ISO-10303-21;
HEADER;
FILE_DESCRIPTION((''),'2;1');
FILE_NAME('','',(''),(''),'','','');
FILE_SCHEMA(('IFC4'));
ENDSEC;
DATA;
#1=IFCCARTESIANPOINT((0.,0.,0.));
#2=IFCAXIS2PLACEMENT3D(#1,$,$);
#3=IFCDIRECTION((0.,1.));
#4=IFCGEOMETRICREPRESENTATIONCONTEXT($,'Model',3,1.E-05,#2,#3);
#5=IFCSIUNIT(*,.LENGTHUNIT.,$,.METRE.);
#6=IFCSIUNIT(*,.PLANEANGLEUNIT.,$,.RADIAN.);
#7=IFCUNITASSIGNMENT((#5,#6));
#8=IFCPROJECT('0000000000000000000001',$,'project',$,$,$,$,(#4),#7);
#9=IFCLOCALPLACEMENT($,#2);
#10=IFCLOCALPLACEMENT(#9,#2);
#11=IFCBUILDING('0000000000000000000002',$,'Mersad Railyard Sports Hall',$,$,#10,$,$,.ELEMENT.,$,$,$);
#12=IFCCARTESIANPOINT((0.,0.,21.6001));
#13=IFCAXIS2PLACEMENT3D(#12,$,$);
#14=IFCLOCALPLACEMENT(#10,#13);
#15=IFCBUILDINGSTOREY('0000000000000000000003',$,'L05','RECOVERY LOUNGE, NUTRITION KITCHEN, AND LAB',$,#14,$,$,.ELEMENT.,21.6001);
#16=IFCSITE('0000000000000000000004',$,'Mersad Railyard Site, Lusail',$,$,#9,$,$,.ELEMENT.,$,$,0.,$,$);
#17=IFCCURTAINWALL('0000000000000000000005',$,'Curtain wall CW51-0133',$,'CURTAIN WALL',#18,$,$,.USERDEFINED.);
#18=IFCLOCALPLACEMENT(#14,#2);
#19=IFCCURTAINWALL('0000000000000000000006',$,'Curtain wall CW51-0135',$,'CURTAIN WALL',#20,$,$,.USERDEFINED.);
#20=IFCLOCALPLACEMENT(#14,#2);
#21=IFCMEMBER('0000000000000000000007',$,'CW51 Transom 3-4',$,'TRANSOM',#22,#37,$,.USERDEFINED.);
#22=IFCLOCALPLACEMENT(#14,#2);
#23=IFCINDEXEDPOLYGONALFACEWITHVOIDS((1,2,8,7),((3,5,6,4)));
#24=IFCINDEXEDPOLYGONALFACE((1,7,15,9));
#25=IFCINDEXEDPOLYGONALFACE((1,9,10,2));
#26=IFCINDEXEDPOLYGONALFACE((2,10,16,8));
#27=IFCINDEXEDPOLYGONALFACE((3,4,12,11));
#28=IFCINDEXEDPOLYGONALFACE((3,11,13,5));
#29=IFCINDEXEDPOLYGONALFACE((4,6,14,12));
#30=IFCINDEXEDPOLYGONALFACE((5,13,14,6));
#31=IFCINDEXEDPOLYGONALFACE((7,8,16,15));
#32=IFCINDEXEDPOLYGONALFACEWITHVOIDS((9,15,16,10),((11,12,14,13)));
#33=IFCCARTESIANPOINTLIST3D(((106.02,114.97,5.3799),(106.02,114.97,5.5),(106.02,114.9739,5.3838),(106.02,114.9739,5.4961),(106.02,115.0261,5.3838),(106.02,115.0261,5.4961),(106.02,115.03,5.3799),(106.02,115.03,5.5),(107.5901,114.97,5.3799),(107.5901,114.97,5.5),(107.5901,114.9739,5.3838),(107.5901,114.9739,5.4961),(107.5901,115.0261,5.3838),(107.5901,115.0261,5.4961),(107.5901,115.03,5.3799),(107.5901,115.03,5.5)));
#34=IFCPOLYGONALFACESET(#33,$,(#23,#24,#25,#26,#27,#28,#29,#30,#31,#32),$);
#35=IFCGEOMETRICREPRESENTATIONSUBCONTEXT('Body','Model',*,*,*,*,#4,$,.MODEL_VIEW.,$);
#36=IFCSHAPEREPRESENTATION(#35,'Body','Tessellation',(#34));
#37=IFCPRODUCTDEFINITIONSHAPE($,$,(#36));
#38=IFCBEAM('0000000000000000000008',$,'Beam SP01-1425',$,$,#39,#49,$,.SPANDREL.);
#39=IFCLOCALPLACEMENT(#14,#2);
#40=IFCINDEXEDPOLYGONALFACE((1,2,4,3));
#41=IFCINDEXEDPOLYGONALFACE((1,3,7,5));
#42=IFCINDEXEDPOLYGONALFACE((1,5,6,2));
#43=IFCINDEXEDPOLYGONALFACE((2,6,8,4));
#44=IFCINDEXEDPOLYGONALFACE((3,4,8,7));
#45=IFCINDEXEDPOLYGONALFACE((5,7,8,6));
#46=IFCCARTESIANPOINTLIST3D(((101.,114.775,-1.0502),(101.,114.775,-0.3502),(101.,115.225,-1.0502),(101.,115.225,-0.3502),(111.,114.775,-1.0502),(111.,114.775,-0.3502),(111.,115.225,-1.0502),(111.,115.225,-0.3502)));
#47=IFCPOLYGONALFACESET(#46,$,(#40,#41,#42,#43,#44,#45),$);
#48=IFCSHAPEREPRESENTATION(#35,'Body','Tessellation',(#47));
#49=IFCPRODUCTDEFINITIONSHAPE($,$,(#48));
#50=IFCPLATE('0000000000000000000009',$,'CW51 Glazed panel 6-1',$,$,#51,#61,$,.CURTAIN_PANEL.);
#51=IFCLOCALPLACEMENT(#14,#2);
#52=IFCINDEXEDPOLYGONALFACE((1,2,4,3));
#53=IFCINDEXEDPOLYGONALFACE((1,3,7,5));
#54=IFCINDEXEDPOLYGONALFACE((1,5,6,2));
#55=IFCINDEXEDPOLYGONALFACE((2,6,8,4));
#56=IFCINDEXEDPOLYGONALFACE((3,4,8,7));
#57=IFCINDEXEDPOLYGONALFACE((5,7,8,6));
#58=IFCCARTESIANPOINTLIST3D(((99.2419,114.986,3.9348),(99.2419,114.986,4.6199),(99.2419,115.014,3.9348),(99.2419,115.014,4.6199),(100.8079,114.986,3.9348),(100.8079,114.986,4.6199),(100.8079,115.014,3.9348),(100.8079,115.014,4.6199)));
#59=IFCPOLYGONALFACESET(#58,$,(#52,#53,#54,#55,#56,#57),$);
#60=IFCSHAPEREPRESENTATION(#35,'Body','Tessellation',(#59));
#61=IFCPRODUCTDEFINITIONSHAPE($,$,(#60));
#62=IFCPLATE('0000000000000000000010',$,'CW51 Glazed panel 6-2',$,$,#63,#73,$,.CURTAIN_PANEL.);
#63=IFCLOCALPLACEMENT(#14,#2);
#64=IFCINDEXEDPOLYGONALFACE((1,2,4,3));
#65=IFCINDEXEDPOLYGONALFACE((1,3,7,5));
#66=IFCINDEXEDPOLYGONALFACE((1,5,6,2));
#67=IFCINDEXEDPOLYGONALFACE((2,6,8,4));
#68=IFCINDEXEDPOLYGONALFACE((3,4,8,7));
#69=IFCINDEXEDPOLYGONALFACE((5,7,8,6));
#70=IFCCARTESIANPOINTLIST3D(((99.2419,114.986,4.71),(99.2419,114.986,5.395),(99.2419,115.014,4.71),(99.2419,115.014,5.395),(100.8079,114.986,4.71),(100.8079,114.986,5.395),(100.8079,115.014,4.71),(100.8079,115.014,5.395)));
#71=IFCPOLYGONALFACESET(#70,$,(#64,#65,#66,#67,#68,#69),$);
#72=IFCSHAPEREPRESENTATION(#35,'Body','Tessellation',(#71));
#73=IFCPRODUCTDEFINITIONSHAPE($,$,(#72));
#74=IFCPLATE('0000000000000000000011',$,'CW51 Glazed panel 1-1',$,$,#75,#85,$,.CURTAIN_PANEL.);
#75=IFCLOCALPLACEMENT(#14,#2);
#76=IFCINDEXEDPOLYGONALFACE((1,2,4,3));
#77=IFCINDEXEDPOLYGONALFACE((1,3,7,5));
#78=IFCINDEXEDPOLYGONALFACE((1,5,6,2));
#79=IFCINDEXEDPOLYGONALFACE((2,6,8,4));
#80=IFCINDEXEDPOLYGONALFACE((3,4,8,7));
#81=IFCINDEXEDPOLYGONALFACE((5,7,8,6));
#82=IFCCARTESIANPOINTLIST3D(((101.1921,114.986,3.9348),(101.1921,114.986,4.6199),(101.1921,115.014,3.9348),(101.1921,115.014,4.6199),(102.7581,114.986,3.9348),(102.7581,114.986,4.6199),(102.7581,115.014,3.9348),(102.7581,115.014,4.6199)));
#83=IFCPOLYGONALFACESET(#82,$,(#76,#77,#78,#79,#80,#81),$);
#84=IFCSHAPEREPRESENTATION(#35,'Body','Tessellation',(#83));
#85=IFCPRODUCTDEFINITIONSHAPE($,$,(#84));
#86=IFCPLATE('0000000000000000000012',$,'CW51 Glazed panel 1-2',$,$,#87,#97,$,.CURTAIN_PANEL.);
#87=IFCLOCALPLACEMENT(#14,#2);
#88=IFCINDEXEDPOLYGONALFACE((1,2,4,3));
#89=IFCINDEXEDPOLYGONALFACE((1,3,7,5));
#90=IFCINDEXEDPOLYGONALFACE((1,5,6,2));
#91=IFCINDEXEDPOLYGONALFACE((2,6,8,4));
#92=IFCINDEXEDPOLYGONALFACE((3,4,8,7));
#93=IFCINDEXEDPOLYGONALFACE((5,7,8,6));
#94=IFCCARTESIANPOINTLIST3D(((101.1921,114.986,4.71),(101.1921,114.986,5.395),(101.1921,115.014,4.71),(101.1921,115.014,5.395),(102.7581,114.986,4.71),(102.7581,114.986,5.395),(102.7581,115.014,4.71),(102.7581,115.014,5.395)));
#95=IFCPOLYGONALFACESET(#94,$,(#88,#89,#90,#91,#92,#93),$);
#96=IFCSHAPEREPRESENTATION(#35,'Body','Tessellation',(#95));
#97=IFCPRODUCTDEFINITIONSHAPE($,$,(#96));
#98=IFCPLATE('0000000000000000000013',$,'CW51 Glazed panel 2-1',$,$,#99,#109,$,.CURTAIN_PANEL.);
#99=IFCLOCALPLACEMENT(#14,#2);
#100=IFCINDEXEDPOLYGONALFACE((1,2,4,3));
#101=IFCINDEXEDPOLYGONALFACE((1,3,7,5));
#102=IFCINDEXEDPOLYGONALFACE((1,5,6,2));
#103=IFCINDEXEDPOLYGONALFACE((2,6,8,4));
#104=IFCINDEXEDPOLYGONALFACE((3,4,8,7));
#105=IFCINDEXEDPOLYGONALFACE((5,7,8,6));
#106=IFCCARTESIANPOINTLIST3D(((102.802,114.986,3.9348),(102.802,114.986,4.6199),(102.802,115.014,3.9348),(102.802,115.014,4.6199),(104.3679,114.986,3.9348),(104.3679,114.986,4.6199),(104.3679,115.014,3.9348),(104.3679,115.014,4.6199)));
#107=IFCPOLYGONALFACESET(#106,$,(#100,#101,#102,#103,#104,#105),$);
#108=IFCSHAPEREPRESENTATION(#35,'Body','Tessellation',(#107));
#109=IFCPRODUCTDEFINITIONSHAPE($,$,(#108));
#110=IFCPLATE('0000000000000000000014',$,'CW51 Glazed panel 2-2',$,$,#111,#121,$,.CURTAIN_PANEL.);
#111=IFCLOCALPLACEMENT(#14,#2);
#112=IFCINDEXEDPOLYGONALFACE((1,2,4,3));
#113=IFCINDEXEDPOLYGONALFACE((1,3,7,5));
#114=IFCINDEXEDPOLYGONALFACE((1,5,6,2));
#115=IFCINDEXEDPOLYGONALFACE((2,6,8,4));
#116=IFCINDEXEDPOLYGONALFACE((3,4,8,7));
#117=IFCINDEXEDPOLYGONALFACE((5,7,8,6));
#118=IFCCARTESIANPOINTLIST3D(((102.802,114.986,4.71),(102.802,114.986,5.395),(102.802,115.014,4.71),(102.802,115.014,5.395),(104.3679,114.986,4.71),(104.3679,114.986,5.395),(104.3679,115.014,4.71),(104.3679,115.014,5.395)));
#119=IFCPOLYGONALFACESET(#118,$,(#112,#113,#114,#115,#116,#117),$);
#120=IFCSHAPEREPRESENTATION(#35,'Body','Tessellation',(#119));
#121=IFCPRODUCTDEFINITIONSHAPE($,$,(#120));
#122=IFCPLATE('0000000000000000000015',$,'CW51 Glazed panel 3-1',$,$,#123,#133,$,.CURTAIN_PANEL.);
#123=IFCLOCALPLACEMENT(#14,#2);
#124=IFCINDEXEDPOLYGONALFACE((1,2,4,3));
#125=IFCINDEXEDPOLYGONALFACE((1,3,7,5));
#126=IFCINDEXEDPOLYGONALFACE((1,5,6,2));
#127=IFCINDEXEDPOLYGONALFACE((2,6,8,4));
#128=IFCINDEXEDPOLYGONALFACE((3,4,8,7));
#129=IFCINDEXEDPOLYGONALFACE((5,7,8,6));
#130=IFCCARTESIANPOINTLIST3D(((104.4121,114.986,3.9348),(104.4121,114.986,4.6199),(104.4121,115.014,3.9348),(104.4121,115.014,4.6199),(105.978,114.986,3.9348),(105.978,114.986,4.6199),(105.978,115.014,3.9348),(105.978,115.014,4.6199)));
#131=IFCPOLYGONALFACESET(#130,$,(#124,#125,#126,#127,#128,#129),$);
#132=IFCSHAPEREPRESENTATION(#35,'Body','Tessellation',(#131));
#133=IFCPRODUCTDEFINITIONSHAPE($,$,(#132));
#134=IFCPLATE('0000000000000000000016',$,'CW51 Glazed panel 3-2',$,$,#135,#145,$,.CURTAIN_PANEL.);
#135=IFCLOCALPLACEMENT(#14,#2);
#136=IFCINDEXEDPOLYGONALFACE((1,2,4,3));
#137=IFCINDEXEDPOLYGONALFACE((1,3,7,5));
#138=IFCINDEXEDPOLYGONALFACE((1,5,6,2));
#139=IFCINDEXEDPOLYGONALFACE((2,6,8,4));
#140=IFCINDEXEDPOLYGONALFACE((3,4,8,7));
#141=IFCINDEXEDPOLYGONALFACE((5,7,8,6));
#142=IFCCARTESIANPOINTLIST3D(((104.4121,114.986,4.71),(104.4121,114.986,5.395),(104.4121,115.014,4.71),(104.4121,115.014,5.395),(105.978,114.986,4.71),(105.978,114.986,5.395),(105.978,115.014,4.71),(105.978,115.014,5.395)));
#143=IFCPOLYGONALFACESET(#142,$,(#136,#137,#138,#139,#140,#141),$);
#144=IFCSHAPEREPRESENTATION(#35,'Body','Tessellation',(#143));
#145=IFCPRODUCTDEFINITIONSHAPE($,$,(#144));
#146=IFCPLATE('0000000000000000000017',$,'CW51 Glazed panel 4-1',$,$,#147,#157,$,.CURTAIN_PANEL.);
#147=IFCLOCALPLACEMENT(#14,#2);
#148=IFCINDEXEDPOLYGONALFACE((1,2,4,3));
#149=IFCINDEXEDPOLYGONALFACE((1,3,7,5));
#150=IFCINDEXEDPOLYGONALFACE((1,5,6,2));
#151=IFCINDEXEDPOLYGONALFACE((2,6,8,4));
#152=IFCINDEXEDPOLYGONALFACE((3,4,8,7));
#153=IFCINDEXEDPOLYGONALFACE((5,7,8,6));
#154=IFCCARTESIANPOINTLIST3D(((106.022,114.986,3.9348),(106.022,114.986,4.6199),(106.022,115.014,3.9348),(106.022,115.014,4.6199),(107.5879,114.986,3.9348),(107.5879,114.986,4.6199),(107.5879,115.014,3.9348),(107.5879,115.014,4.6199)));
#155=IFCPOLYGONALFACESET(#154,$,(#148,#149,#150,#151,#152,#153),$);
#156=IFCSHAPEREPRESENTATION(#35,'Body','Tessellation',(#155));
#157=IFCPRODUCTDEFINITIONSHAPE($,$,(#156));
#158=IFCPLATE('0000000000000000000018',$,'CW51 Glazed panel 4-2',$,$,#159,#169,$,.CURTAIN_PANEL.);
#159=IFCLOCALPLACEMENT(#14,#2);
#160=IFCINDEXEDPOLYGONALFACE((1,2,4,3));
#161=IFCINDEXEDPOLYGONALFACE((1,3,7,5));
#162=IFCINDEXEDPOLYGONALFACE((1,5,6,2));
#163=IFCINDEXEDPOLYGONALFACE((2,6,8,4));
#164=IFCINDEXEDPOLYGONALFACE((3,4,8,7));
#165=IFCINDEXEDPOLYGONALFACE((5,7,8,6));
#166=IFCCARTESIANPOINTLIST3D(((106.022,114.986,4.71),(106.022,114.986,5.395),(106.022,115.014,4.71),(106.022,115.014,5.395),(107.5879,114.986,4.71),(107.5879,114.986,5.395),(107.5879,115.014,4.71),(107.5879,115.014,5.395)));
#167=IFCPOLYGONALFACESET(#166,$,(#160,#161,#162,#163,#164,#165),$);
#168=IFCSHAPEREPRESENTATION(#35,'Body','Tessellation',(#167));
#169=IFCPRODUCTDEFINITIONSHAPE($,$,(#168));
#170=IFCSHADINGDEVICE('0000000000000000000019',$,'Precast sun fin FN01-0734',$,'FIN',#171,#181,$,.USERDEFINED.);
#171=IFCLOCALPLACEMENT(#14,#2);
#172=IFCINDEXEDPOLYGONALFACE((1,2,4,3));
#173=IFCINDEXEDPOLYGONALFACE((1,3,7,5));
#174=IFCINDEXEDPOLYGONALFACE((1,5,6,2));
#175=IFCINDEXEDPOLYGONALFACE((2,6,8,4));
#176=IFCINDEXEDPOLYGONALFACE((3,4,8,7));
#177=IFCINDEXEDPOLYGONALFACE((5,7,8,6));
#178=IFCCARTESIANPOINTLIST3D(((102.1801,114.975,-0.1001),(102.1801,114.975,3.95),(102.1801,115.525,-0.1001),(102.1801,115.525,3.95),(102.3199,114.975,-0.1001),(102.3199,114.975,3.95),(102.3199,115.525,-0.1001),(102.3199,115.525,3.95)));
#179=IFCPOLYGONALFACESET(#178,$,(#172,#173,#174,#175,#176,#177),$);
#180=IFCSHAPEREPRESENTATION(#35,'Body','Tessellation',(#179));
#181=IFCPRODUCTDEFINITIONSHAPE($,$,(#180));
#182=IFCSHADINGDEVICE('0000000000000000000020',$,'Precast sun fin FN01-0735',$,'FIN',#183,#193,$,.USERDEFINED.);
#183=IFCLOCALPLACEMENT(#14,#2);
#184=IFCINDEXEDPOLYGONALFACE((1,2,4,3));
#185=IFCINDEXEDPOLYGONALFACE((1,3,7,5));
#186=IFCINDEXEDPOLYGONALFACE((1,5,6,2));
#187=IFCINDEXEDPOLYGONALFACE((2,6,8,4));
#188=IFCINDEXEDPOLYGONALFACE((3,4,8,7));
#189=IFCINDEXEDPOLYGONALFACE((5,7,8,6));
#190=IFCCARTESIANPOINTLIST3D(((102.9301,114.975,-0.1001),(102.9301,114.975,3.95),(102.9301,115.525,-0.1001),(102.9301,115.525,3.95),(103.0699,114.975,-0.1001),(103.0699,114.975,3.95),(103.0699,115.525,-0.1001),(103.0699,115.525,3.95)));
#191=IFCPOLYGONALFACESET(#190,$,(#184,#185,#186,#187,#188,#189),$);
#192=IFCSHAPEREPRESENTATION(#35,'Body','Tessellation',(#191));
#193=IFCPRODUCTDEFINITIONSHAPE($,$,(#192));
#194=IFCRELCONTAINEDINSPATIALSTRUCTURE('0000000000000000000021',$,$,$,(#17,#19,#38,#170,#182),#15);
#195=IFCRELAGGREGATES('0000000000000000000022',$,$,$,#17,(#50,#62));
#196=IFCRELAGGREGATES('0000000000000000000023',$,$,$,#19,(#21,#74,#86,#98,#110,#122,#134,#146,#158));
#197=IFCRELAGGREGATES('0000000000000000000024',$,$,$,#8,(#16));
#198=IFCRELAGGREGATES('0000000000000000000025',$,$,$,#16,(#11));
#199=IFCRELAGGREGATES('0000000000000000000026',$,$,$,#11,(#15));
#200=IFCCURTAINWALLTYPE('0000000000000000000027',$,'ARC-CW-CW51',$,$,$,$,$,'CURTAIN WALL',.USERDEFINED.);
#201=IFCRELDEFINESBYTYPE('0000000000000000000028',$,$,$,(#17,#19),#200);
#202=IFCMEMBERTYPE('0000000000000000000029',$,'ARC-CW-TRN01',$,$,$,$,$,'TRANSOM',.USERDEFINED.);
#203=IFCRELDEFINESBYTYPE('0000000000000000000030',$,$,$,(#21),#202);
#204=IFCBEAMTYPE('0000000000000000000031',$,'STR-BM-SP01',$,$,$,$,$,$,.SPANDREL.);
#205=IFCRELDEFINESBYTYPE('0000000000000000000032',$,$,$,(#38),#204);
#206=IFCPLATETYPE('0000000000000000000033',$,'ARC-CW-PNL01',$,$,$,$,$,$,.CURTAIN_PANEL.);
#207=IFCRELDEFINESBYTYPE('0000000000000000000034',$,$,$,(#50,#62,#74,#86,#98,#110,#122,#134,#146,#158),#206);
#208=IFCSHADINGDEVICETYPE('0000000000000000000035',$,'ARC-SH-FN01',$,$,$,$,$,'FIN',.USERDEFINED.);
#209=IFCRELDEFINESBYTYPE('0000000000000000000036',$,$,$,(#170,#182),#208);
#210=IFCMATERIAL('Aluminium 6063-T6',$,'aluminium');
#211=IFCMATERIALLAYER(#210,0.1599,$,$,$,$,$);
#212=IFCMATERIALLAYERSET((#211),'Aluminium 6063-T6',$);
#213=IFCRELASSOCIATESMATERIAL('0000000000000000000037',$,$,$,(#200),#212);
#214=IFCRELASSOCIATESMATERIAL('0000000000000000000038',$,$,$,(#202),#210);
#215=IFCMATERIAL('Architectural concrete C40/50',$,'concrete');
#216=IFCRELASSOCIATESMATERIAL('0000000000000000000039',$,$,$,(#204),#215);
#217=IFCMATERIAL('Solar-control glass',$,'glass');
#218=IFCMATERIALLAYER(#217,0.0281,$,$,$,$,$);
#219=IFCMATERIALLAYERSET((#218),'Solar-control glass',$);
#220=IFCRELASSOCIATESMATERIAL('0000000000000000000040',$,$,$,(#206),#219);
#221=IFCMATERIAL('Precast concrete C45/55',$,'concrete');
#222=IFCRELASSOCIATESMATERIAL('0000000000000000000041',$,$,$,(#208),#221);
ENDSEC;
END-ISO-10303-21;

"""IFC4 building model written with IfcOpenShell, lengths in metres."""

from ifc_helpers import new_model, si_unit, direction, frame, origin, origin_2d, place, context, subcontext, project, spatial, rectangle, hollow_rectangle, extrude, material, layer, layer_set, material_profile, profile_set, type_object, element, aggregate, save


model = new_model("IFC4")

# Units and contexts
model_context = context("Model", 3, precision=1e-05, world=origin(), true_north=direction((0.0, 1.0)))
body_context = subcontext(model_context, "Body", "Model", "MODEL_VIEW")
ifc_project = project(units=[si_unit("LENGTHUNIT", "METRE"), si_unit("PLANEANGLEUNIT", "RADIAN")], contexts=[model_context])

# Site, building, storey
site_placement = place(None, origin())
site = spatial("IfcSite", under=ifc_project, at=site_placement, Name="Mersad Railyard Site, Lusail", CompositionType="ELEMENT", RefElevation=0.0)
building_placement = place(site_placement, origin())
building = spatial("IfcBuilding", under=site, at=building_placement, Name="Mersad Railyard Sports Hall", CompositionType="ELEMENT")
storey_placement = place(building_placement, frame((0.0, 0.0, 21.6001)))
storey = spatial("IfcBuildingStorey", under=building, at=storey_placement, Name="L05", Description="RECOVERY LOUNGE, NUTRITION KITCHEN, AND LAB", CompositionType="ELEMENT", Elevation=21.6001)

# Curtain walls
ifc_material_1 = material(Name="Aluminium 6063-T6", Category="aluminium")
ifc_layer_1 = layer(ifc_material_1, 0.1599)
ifc_layer_set_1 = layer_set([ifc_layer_1], Name="Aluminium 6063-T6")
curtain_wall_type = type_object("IfcCurtainWallType", Name="ARC-CW-CW51", ElementType="CURTAIN WALL", PredefinedType="USERDEFINED", material=ifc_layer_set_1)
curtain_wall_1_placement = place(storey_placement, origin())
curtain_wall_1 = element("IfcCurtainWall", 1, at=curtain_wall_1_placement, inside=storey, type_object=curtain_wall_type, Name="Curtain wall CW51-0133", ObjectType="CURTAIN WALL", PredefinedType="USERDEFINED")
curtain_wall_2_placement = place(storey_placement, origin())
curtain_wall_2 = element("IfcCurtainWall", 2, at=curtain_wall_2_placement, inside=storey, type_object=curtain_wall_type, Name="Curtain wall CW51-0135", ObjectType="CURTAIN WALL", PredefinedType="USERDEFINED")

# Member
ifc_material_profile_1 = material_profile(ifc_material_1, hollow_rectangle(XDim=0.0601, YDim=0.1201, WallThickness=0.0039, at=origin_2d()), Name="AL TRANSOM 60x120x4")
ifc_profile_set_1 = profile_set([ifc_material_profile_1], Name="Aluminium 6063-T6")
member_type_1 = type_object("IfcMemberType", Name="ARC-CW-TRN01", ElementType="TRANSOM", PredefinedType="USERDEFINED", material=ifc_profile_set_1)
member_1_placement = place(storey_placement, frame((106.02, 115.0, 5.4399), z_axis=(1.0, 0.0, 0.0), x_axis=(0.0, 1.0, 0.0)))
member_1 = element("IfcMember", 3, at=member_1_placement, type_object=member_type_1, Name="CW51 Transom 3-4", ObjectType="TRANSOM", PredefinedType="USERDEFINED", context=body_context, shape_type="SweptSolid", body=[
    extrude(hollow_rectangle(XDim=0.0601, YDim=0.1201, WallThickness=0.0039, at=origin_2d()), origin(), (0.0, 0.0, 1.0), 1.5701),
])

# Beam
ifc_material_2 = material(Name="Architectural concrete C40/50", Category="concrete")
ifc_material_profile_2 = material_profile(ifc_material_2, rectangle(XDim=0.45, YDim=0.7, at=origin_2d()), Name="RC 450x700")
ifc_profile_set_2 = profile_set([ifc_material_profile_2], Name="Architectural concrete C40/50")
beam_type = type_object("IfcBeamType", Name="STR-BM-SP01", PredefinedType="SPANDREL", material=ifc_profile_set_2)
beam_placement = place(storey_placement, frame((101.0, 115.0, -0.7002), z_axis=(1.0, 0.0, 0.0), x_axis=(0.0, 1.0, 0.0)))
element("IfcBeam", 4, at=beam_placement, inside=storey, type_object=beam_type, Name="Beam SP01-1425", PredefinedType="SPANDREL", context=body_context, shape_type="SweptSolid", body=[
    extrude(rectangle(XDim=0.45, YDim=0.7, at=origin_2d()), origin(), (0.0, 0.0, 1.0), 10.0),
])

# Plates
ifc_material_3 = material(Name="Solar-control glass", Category="glass")
ifc_layer_2 = layer(ifc_material_3, 0.0281)
ifc_layer_set_2 = layer_set([ifc_layer_2], Name="Solar-control glass")
plate_type = type_object("IfcPlateType", Name="ARC-CW-PNL01", PredefinedType="CURTAIN_PANEL", material=ifc_layer_set_2)
plate_1_placement = place(storey_placement, frame((100.0249, 115.0, 3.9348), z_axis=(0.0, 0.0, 1.0), x_axis=(1.0, 0.0, 0.0)))
plate_1 = element("IfcPlate", 5, at=plate_1_placement, type_object=plate_type, Name="CW51 Glazed panel 6-1", PredefinedType="CURTAIN_PANEL", context=body_context, shape_type="SweptSolid", body=[
    extrude(rectangle(XDim=1.5659, YDim=0.0281, at=origin_2d()), origin(), (0.0, 0.0, 1.0), 0.6851),
])
plate_2_placement = place(storey_placement, frame((100.0249, 115.0, 4.71), z_axis=(0.0, 0.0, 1.0), x_axis=(1.0, 0.0, 0.0)))
plate_2 = element("IfcPlate", 6, at=plate_2_placement, type_object=plate_type, Name="CW51 Glazed panel 6-2", PredefinedType="CURTAIN_PANEL", context=body_context, shape_type="SweptSolid", body=[
    extrude(rectangle(XDim=1.5659, YDim=0.0281, at=origin_2d()), origin(), (0.0, 0.0, 1.0), 0.6851),
])
aggregate(curtain_wall_1, [plate_1, plate_2])
plate_3_placement = place(storey_placement, frame((101.9751, 115.0, 3.9348), z_axis=(0.0, 0.0, 1.0), x_axis=(1.0, 0.0, 0.0)))
plate_3 = element("IfcPlate", 7, at=plate_3_placement, type_object=plate_type, Name="CW51 Glazed panel 1-1", PredefinedType="CURTAIN_PANEL", context=body_context, shape_type="SweptSolid", body=[
    extrude(rectangle(XDim=1.5659, YDim=0.0281, at=origin_2d()), origin(), (0.0, 0.0, 1.0), 0.6851),
])
plate_4_placement = place(storey_placement, frame((101.9751, 115.0, 4.71), z_axis=(0.0, 0.0, 1.0), x_axis=(1.0, 0.0, 0.0)))
plate_4 = element("IfcPlate", 8, at=plate_4_placement, type_object=plate_type, Name="CW51 Glazed panel 1-2", PredefinedType="CURTAIN_PANEL", context=body_context, shape_type="SweptSolid", body=[
    extrude(rectangle(XDim=1.5659, YDim=0.0281, at=origin_2d()), origin(), (0.0, 0.0, 1.0), 0.6851),
])
plate_5_placement = place(storey_placement, frame((103.585, 115.0, 3.9348), z_axis=(0.0, 0.0, 1.0), x_axis=(1.0, 0.0, 0.0)))
plate_5 = element("IfcPlate", 9, at=plate_5_placement, type_object=plate_type, Name="CW51 Glazed panel 2-1", PredefinedType="CURTAIN_PANEL", context=body_context, shape_type="SweptSolid", body=[
    extrude(rectangle(XDim=1.5659, YDim=0.0281, at=origin_2d()), origin(), (0.0, 0.0, 1.0), 0.6851),
])
plate_6_placement = place(storey_placement, frame((103.585, 115.0, 4.71), z_axis=(0.0, 0.0, 1.0), x_axis=(1.0, 0.0, 0.0)))
plate_6 = element("IfcPlate", 10, at=plate_6_placement, type_object=plate_type, Name="CW51 Glazed panel 2-2", PredefinedType="CURTAIN_PANEL", context=body_context, shape_type="SweptSolid", body=[
    extrude(rectangle(XDim=1.5659, YDim=0.0281, at=origin_2d()), origin(), (0.0, 0.0, 1.0), 0.6851),
])
plate_7_placement = place(storey_placement, frame((105.1951, 115.0, 3.9348), z_axis=(0.0, 0.0, 1.0), x_axis=(1.0, 0.0, 0.0)))
plate_7 = element("IfcPlate", 11, at=plate_7_placement, type_object=plate_type, Name="CW51 Glazed panel 3-1", PredefinedType="CURTAIN_PANEL", context=body_context, shape_type="SweptSolid", body=[
    extrude(rectangle(XDim=1.5659, YDim=0.0281, at=origin_2d()), origin(), (0.0, 0.0, 1.0), 0.6851),
])
plate_8_placement = place(storey_placement, frame((105.1951, 115.0, 4.71), z_axis=(0.0, 0.0, 1.0), x_axis=(1.0, 0.0, 0.0)))
plate_8 = element("IfcPlate", 12, at=plate_8_placement, type_object=plate_type, Name="CW51 Glazed panel 3-2", PredefinedType="CURTAIN_PANEL", context=body_context, shape_type="SweptSolid", body=[
    extrude(rectangle(XDim=1.5659, YDim=0.0281, at=origin_2d()), origin(), (0.0, 0.0, 1.0), 0.6851),
])
plate_9_placement = place(storey_placement, frame((106.8049, 115.0, 3.9348), z_axis=(0.0, 0.0, 1.0), x_axis=(1.0, 0.0, 0.0)))
plate_9 = element("IfcPlate", 13, at=plate_9_placement, type_object=plate_type, Name="CW51 Glazed panel 4-1", PredefinedType="CURTAIN_PANEL", context=body_context, shape_type="SweptSolid", body=[
    extrude(rectangle(XDim=1.5659, YDim=0.0281, at=origin_2d()), origin(), (0.0, 0.0, 1.0), 0.6851),
])
plate_10_placement = place(storey_placement, frame((106.8049, 115.0, 4.71), z_axis=(0.0, 0.0, 1.0), x_axis=(1.0, 0.0, 0.0)))
plate_10 = element("IfcPlate", 14, at=plate_10_placement, type_object=plate_type, Name="CW51 Glazed panel 4-2", PredefinedType="CURTAIN_PANEL", context=body_context, shape_type="SweptSolid", body=[
    extrude(rectangle(XDim=1.5659, YDim=0.0281, at=origin_2d()), origin(), (0.0, 0.0, 1.0), 0.6851),
])
aggregate(curtain_wall_2, [member_1, plate_3, plate_4, plate_5, plate_6, plate_7, plate_8, plate_9, plate_10])

# Shading devices
ifc_material_4 = material(Name="Precast concrete C45/55", Category="concrete")
shading_device_type = type_object("IfcShadingDeviceType", Name="ARC-SH-FN01", ElementType="FIN", PredefinedType="USERDEFINED", material=ifc_material_4)
for number, where, z_axis, x_axis, name in (
    (15, (102.25, 115.25, -0.1001), (0.0, 0.0, 1.0), (1.0, 0.0, 0.0), "Precast sun fin FN01-0734"),
    (16, (103.0, 115.25, -0.1001), (0.0, 0.0, 1.0), (1.0, 0.0, 0.0), "Precast sun fin FN01-0735"),
):
    element("IfcShadingDevice", number, at=place(storey_placement, frame(where, z_axis=z_axis, x_axis=x_axis)), inside=storey, type_object=shading_device_type, Name=name, ObjectType="FIN", PredefinedType="USERDEFINED", context=body_context, shape_type="SweptSolid", body=[
        extrude(rectangle(XDim=0.1399, YDim=0.55, at=origin_2d()), origin(), (0.0, 0.0, 1.0), 4.05),
    ])

save(model, "model.ifc")
